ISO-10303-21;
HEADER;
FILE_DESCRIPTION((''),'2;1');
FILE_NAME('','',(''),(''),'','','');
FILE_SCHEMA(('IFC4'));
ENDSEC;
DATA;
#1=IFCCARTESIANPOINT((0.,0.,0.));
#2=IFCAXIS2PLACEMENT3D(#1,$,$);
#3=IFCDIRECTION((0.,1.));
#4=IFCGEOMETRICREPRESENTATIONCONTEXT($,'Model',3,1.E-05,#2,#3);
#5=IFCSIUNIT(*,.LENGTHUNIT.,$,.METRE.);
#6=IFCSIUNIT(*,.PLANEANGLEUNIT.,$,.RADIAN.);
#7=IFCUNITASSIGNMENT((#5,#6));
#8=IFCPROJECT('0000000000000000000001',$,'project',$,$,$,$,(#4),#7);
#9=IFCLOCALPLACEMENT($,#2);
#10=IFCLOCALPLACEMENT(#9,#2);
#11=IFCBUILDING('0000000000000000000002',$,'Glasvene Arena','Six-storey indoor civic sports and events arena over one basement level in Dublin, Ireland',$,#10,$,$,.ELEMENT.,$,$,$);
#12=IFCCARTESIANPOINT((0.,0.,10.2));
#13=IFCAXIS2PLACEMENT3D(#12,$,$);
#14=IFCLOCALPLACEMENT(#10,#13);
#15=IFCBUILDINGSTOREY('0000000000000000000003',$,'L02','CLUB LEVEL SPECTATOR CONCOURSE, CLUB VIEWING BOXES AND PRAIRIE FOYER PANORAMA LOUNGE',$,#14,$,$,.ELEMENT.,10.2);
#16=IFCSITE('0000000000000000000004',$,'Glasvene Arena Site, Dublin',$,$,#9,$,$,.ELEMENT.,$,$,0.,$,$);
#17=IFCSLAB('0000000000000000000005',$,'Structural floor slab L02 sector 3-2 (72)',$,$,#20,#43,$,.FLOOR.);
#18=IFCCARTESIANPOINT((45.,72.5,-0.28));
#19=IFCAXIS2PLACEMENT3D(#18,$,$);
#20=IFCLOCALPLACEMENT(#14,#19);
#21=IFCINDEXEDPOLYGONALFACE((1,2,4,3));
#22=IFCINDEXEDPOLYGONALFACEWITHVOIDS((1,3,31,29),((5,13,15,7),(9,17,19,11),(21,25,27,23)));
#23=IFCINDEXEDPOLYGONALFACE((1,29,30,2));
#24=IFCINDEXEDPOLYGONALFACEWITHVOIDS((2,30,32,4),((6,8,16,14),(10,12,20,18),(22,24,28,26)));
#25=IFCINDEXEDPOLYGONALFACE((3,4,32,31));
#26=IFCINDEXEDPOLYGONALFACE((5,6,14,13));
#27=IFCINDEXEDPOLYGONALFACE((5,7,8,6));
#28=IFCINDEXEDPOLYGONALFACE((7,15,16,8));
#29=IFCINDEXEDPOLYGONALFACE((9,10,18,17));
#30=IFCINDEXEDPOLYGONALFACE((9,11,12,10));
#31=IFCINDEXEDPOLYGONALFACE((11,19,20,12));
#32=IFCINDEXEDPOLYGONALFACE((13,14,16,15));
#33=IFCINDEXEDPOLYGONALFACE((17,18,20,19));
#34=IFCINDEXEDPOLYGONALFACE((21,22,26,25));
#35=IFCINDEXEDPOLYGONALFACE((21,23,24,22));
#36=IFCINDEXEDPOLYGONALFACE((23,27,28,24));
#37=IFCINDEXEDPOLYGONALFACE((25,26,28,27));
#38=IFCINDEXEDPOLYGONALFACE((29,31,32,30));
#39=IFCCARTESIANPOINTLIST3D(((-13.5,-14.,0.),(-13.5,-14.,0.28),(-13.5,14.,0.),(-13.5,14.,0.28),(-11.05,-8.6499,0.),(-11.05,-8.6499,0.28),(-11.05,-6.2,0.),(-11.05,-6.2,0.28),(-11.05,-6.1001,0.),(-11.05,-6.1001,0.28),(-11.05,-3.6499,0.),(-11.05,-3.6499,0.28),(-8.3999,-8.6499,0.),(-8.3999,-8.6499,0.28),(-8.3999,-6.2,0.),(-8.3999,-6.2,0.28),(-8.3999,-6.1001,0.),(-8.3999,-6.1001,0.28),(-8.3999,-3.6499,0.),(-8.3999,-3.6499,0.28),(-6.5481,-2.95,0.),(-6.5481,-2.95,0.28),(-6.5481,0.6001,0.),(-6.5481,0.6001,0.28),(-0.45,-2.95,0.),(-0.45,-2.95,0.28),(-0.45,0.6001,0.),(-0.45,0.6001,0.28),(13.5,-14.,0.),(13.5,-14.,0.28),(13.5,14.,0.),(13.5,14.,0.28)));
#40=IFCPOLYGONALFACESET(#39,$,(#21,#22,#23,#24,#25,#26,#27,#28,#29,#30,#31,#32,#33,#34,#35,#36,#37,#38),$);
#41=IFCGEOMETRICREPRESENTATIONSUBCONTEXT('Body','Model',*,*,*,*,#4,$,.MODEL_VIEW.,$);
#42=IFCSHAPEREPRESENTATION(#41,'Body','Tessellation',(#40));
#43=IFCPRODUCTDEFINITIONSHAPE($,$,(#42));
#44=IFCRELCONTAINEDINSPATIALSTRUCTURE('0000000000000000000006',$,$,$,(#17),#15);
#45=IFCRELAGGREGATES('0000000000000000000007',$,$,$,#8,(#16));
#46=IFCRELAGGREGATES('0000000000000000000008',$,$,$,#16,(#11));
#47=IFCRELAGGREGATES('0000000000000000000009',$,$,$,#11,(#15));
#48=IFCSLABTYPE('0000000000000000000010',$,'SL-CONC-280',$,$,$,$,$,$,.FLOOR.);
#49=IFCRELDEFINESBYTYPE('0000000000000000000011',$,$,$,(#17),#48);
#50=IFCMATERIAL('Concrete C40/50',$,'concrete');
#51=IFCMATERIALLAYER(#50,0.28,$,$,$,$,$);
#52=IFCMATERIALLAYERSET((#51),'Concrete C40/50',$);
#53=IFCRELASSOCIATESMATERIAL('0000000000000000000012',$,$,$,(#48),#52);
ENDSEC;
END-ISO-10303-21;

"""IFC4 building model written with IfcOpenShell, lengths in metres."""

from ifc_helpers import new_model, si_unit, direction, frame, origin, place, context, subcontext, project, spatial, polyline, outline, extrude, material, layer, layer_set, type_object, element, save


model = new_model("IFC4")

# Units and contexts
model_context = context("Model", 3, precision=1e-05, world=origin(), true_north=direction((0.0, 1.0)))
body_context = subcontext(model_context, "Body", "Model", "MODEL_VIEW")
ifc_project = project(units=[si_unit("LENGTHUNIT", "METRE"), si_unit("PLANEANGLEUNIT", "RADIAN")], contexts=[model_context])

# Site, building, storey
site_placement = place(None, origin())
site = spatial("IfcSite", under=ifc_project, at=site_placement, Name="Glasvene Arena Site, Dublin", CompositionType="ELEMENT", RefElevation=0.0)
building_placement = place(site_placement, origin())
building = spatial("IfcBuilding", under=site, at=building_placement, Name="Glasvene Arena", Description="Six-storey indoor civic sports and events arena over one basement level in Dublin, Ireland", CompositionType="ELEMENT")
storey_placement = place(building_placement, frame((0.0, 0.0, 10.2)))
storey = spatial("IfcBuildingStorey", under=building, at=storey_placement, Name="L02", Description="CLUB LEVEL SPECTATOR CONCOURSE, CLUB VIEWING BOXES AND PRAIRIE FOYER PANORAMA LOUNGE", CompositionType="ELEMENT", Elevation=10.2)

# Slab
ifc_material_1 = material(Name="Concrete C40/50", Category="concrete")
ifc_layer_1 = layer(ifc_material_1, 0.28)
ifc_layer_set_1 = layer_set([ifc_layer_1], Name="Concrete C40/50")
slab_type_1 = type_object("IfcSlabType", Name="SL-CONC-280", PredefinedType="FLOOR", material=ifc_layer_set_1)
slab_1_placement = place(storey_placement, frame((45.0, 72.5, -0.28)))
element("IfcSlab", 1, at=slab_1_placement, inside=storey, type_object=slab_type_1, Name="Structural floor slab L02 sector 3-2 (72)", PredefinedType="FLOOR", context=body_context, shape_type="SweptSolid", body=[
    extrude(outline(polyline([(-13.5, 14.0), (13.5, 14.0), (13.5, -14.0), (-13.5, -14.0), (-13.5, 14.0)]), holes=[polyline([(-8.3999, -6.2), (-11.05, -6.2), (-11.05, -8.6499), (-8.3999, -8.6499), (-8.3999, -6.2)]), polyline([(-8.3999, -6.1001), (-8.3999, -3.6499), (-11.05, -3.6499), (-11.05, -6.1001), (-8.3999, -6.1001)]), polyline([(-0.45, -2.95), (-0.45, 0.6001), (-6.5481, 0.6001), (-6.5481, -2.95), (-0.45, -2.95)])]), origin(), (0.0, 0.0, 1.0), 0.28),
])

save(model, "model.ifc")
